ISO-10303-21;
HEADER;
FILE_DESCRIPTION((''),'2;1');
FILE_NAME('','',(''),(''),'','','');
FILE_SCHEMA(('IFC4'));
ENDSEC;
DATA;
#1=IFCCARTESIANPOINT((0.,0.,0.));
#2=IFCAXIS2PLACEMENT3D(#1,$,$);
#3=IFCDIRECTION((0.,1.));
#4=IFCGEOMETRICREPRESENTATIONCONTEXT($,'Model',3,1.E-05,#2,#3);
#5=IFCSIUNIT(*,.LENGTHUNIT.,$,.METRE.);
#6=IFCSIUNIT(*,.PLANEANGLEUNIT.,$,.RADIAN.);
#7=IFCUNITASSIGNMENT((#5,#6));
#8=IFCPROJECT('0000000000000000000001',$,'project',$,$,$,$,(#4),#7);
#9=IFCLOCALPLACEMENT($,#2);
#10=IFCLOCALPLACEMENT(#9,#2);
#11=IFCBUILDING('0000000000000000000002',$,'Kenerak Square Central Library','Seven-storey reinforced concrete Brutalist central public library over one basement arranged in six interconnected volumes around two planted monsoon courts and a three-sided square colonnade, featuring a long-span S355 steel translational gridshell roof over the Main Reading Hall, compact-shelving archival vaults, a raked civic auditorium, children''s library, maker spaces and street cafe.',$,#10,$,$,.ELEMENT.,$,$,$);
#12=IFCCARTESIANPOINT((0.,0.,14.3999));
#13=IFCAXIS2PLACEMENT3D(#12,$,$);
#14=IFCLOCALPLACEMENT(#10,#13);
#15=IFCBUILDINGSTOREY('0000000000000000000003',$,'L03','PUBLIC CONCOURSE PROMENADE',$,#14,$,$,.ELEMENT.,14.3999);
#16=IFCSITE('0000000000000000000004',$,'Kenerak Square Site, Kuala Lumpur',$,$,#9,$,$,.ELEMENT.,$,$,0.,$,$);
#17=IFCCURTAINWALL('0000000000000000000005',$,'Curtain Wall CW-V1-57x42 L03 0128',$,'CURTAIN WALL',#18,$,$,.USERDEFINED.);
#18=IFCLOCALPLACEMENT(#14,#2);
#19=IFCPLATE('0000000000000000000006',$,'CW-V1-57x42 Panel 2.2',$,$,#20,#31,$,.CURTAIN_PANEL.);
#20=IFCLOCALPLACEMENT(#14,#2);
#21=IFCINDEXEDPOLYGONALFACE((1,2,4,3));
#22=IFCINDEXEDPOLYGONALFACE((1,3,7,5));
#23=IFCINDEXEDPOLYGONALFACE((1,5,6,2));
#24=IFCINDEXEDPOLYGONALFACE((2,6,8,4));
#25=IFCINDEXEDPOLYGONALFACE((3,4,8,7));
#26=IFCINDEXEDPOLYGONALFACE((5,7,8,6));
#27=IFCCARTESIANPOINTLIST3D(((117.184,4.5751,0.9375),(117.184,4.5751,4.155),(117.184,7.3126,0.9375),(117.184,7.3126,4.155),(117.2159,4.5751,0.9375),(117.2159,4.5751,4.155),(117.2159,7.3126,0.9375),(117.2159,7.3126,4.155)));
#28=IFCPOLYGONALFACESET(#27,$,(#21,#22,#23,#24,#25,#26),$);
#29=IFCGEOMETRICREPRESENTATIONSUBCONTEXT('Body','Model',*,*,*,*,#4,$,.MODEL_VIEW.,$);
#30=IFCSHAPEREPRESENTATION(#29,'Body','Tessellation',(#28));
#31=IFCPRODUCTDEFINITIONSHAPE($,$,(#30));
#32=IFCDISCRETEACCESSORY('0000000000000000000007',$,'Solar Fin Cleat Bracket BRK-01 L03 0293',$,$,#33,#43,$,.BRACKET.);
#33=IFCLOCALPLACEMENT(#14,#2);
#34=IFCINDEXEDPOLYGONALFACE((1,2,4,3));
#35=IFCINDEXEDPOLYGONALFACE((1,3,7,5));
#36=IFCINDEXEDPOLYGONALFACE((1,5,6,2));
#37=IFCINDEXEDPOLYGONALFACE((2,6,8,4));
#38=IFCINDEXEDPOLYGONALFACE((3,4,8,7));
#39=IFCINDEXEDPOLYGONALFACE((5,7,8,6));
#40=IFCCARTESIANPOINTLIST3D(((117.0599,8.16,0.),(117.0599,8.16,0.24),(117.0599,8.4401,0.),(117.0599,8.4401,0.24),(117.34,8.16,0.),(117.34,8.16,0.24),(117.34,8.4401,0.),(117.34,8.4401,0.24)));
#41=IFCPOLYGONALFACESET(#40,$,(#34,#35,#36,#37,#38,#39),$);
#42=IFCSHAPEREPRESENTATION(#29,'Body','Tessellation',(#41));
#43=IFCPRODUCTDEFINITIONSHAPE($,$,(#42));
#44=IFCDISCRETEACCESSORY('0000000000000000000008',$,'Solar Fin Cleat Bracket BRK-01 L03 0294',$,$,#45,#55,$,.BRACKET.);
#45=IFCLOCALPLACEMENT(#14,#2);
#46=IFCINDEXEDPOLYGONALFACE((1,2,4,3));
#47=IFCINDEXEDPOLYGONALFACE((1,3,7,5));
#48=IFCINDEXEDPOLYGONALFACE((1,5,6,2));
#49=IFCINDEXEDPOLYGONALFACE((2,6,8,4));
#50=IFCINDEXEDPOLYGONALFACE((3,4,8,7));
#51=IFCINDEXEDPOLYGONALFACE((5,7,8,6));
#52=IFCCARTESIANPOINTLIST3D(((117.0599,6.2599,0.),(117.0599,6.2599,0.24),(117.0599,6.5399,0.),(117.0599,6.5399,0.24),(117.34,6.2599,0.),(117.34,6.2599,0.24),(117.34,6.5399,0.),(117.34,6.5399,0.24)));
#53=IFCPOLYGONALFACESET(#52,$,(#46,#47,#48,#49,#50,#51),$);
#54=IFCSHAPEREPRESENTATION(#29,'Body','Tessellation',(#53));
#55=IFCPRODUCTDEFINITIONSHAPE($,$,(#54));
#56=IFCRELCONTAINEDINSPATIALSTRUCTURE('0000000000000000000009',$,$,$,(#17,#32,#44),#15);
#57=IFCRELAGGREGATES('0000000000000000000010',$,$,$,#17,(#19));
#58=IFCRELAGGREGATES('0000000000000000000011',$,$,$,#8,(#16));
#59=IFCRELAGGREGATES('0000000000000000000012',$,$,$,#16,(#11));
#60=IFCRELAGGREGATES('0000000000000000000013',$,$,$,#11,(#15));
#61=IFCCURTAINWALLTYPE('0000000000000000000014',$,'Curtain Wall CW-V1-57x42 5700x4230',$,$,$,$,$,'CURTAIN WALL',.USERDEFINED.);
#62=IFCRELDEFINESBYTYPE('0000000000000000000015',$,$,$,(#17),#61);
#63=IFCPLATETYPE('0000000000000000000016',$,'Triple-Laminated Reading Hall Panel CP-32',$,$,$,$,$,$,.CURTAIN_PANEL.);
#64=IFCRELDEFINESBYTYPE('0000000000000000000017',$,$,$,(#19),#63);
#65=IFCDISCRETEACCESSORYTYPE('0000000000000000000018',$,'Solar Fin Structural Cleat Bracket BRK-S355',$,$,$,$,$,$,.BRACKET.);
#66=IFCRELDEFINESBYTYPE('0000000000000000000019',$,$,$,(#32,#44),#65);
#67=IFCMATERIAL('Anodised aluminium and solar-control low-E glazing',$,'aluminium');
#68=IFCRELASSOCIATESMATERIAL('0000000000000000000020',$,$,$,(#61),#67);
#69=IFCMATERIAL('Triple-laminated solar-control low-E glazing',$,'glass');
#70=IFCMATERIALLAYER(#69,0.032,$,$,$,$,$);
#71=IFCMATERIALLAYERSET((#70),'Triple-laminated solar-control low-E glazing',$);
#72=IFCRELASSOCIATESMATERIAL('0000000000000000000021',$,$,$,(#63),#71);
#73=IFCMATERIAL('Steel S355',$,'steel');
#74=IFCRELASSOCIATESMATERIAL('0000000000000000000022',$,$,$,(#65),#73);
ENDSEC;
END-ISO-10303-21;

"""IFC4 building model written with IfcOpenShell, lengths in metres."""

from ifc_helpers import new_model, si_unit, direction, frame, origin, origin_2d, place, context, subcontext, project, spatial, rectangle, extrude, material, layer, layer_set, type_object, element, aggregate, save


model = new_model("IFC4")

# Units and contexts
model_context = context("Model", 3, precision=1e-05, world=origin(), true_north=direction((0.0, 1.0)))
body_context = subcontext(model_context, "Body", "Model", "MODEL_VIEW")
ifc_project = project(units=[si_unit("LENGTHUNIT", "METRE"), si_unit("PLANEANGLEUNIT", "RADIAN")], contexts=[model_context])

# Site, building, storey
site_placement = place(None, origin())
site = spatial("IfcSite", under=ifc_project, at=site_placement, Name="Kenerak Square Site, Kuala Lumpur", CompositionType="ELEMENT", RefElevation=0.0)
building_placement = place(site_placement, origin())
building = spatial("IfcBuilding", under=site, at=building_placement, Name="Kenerak Square Central Library", Description="Seven-storey reinforced concrete Brutalist central public library over one basement arranged in six interconnected volumes around two planted monsoon courts and a three-sided square colonnade, featuring a long-span S355 steel translational gridshell roof over the Main Reading Hall, compact-shelving archival vaults, a raked civic auditorium, children's library, maker spaces and street cafe.", CompositionType="ELEMENT")
storey_placement = place(building_placement, frame((0.0, 0.0, 14.3999)))
storey = spatial("IfcBuildingStorey", under=building, at=storey_placement, Name="L03", Description="PUBLIC CONCOURSE PROMENADE", CompositionType="ELEMENT", Elevation=14.3999)

# Shared definitions
ifc_material_1 = material(Name="Steel S355", Category="steel")

# Shared definitions
ifc_material_2 = material(Name="Anodised aluminium and solar-control low-E glazing", Category="aluminium")

# Curtain wall
curtain_wall_type_1 = type_object("IfcCurtainWallType", Name="Curtain Wall CW-V1-57x42 5700x4230", ElementType="CURTAIN WALL", PredefinedType="USERDEFINED", material=ifc_material_2)
curtain_wall_1_placement = place(storey_placement, origin())
curtain_wall_1 = element("IfcCurtainWall", 1, at=curtain_wall_1_placement, inside=storey, type_object=curtain_wall_type_1, Name="Curtain Wall CW-V1-57x42 L03 0128", ObjectType="CURTAIN WALL", PredefinedType="USERDEFINED")

# Plate
ifc_material_3 = material(Name="Triple-laminated solar-control low-E glazing", Category="glass")
ifc_layer_1 = layer(ifc_material_3, 0.032)
ifc_layer_set_1 = layer_set([ifc_layer_1], Name="Triple-laminated solar-control low-E glazing")
plate_type_1 = type_object("IfcPlateType", Name="Triple-Laminated Reading Hall Panel CP-32", PredefinedType="CURTAIN_PANEL", material=ifc_layer_set_1)
plate_1_placement = place(storey_placement, frame((117.2, 5.9438, 0.9375), z_axis=(0.0, 0.0, 1.0), x_axis=(0.0, -1.0, 0.0)))
plate_1 = element("IfcPlate", 2, at=plate_1_placement, type_object=plate_type_1, Name="CW-V1-57x42 Panel 2.2", PredefinedType="CURTAIN_PANEL", context=body_context, shape_type="SweptSolid", body=[
    extrude(rectangle(XDim=2.7375, YDim=0.032, at=origin_2d()), origin(), (0.0, 0.0, 1.0), 3.2175),
])
aggregate(curtain_wall_1, [plate_1])

# Discrete accessories
discrete_accessory_type = type_object("IfcDiscreteAccessoryType", Name="Solar Fin Structural Cleat Bracket BRK-S355", PredefinedType="BRACKET", material=ifc_material_1)
for number, where, z_axis, x_axis, name in (
    (3, (117.2, 8.3, 0.0), (0.0, 0.0, 1.0), (0.0, -1.0, 0.0), "Solar Fin Cleat Bracket BRK-01 L03 0293"),
    (4, (117.2, 6.3999, 0.0), (0.0, 0.0, 1.0), (0.0, -1.0, 0.0), "Solar Fin Cleat Bracket BRK-01 L03 0294"),
):
    element("IfcDiscreteAccessory", number, at=place(storey_placement, frame(where, z_axis=z_axis, x_axis=x_axis)), inside=storey, type_object=discrete_accessory_type, Name=name, PredefinedType="BRACKET", context=body_context, shape_type="SweptSolid", body=[
        extrude(rectangle(XDim=0.28, YDim=0.28, at=origin_2d()), origin(), (0.0, 0.0, 1.0), 0.24),
    ])

save(model, "model.ifc")
